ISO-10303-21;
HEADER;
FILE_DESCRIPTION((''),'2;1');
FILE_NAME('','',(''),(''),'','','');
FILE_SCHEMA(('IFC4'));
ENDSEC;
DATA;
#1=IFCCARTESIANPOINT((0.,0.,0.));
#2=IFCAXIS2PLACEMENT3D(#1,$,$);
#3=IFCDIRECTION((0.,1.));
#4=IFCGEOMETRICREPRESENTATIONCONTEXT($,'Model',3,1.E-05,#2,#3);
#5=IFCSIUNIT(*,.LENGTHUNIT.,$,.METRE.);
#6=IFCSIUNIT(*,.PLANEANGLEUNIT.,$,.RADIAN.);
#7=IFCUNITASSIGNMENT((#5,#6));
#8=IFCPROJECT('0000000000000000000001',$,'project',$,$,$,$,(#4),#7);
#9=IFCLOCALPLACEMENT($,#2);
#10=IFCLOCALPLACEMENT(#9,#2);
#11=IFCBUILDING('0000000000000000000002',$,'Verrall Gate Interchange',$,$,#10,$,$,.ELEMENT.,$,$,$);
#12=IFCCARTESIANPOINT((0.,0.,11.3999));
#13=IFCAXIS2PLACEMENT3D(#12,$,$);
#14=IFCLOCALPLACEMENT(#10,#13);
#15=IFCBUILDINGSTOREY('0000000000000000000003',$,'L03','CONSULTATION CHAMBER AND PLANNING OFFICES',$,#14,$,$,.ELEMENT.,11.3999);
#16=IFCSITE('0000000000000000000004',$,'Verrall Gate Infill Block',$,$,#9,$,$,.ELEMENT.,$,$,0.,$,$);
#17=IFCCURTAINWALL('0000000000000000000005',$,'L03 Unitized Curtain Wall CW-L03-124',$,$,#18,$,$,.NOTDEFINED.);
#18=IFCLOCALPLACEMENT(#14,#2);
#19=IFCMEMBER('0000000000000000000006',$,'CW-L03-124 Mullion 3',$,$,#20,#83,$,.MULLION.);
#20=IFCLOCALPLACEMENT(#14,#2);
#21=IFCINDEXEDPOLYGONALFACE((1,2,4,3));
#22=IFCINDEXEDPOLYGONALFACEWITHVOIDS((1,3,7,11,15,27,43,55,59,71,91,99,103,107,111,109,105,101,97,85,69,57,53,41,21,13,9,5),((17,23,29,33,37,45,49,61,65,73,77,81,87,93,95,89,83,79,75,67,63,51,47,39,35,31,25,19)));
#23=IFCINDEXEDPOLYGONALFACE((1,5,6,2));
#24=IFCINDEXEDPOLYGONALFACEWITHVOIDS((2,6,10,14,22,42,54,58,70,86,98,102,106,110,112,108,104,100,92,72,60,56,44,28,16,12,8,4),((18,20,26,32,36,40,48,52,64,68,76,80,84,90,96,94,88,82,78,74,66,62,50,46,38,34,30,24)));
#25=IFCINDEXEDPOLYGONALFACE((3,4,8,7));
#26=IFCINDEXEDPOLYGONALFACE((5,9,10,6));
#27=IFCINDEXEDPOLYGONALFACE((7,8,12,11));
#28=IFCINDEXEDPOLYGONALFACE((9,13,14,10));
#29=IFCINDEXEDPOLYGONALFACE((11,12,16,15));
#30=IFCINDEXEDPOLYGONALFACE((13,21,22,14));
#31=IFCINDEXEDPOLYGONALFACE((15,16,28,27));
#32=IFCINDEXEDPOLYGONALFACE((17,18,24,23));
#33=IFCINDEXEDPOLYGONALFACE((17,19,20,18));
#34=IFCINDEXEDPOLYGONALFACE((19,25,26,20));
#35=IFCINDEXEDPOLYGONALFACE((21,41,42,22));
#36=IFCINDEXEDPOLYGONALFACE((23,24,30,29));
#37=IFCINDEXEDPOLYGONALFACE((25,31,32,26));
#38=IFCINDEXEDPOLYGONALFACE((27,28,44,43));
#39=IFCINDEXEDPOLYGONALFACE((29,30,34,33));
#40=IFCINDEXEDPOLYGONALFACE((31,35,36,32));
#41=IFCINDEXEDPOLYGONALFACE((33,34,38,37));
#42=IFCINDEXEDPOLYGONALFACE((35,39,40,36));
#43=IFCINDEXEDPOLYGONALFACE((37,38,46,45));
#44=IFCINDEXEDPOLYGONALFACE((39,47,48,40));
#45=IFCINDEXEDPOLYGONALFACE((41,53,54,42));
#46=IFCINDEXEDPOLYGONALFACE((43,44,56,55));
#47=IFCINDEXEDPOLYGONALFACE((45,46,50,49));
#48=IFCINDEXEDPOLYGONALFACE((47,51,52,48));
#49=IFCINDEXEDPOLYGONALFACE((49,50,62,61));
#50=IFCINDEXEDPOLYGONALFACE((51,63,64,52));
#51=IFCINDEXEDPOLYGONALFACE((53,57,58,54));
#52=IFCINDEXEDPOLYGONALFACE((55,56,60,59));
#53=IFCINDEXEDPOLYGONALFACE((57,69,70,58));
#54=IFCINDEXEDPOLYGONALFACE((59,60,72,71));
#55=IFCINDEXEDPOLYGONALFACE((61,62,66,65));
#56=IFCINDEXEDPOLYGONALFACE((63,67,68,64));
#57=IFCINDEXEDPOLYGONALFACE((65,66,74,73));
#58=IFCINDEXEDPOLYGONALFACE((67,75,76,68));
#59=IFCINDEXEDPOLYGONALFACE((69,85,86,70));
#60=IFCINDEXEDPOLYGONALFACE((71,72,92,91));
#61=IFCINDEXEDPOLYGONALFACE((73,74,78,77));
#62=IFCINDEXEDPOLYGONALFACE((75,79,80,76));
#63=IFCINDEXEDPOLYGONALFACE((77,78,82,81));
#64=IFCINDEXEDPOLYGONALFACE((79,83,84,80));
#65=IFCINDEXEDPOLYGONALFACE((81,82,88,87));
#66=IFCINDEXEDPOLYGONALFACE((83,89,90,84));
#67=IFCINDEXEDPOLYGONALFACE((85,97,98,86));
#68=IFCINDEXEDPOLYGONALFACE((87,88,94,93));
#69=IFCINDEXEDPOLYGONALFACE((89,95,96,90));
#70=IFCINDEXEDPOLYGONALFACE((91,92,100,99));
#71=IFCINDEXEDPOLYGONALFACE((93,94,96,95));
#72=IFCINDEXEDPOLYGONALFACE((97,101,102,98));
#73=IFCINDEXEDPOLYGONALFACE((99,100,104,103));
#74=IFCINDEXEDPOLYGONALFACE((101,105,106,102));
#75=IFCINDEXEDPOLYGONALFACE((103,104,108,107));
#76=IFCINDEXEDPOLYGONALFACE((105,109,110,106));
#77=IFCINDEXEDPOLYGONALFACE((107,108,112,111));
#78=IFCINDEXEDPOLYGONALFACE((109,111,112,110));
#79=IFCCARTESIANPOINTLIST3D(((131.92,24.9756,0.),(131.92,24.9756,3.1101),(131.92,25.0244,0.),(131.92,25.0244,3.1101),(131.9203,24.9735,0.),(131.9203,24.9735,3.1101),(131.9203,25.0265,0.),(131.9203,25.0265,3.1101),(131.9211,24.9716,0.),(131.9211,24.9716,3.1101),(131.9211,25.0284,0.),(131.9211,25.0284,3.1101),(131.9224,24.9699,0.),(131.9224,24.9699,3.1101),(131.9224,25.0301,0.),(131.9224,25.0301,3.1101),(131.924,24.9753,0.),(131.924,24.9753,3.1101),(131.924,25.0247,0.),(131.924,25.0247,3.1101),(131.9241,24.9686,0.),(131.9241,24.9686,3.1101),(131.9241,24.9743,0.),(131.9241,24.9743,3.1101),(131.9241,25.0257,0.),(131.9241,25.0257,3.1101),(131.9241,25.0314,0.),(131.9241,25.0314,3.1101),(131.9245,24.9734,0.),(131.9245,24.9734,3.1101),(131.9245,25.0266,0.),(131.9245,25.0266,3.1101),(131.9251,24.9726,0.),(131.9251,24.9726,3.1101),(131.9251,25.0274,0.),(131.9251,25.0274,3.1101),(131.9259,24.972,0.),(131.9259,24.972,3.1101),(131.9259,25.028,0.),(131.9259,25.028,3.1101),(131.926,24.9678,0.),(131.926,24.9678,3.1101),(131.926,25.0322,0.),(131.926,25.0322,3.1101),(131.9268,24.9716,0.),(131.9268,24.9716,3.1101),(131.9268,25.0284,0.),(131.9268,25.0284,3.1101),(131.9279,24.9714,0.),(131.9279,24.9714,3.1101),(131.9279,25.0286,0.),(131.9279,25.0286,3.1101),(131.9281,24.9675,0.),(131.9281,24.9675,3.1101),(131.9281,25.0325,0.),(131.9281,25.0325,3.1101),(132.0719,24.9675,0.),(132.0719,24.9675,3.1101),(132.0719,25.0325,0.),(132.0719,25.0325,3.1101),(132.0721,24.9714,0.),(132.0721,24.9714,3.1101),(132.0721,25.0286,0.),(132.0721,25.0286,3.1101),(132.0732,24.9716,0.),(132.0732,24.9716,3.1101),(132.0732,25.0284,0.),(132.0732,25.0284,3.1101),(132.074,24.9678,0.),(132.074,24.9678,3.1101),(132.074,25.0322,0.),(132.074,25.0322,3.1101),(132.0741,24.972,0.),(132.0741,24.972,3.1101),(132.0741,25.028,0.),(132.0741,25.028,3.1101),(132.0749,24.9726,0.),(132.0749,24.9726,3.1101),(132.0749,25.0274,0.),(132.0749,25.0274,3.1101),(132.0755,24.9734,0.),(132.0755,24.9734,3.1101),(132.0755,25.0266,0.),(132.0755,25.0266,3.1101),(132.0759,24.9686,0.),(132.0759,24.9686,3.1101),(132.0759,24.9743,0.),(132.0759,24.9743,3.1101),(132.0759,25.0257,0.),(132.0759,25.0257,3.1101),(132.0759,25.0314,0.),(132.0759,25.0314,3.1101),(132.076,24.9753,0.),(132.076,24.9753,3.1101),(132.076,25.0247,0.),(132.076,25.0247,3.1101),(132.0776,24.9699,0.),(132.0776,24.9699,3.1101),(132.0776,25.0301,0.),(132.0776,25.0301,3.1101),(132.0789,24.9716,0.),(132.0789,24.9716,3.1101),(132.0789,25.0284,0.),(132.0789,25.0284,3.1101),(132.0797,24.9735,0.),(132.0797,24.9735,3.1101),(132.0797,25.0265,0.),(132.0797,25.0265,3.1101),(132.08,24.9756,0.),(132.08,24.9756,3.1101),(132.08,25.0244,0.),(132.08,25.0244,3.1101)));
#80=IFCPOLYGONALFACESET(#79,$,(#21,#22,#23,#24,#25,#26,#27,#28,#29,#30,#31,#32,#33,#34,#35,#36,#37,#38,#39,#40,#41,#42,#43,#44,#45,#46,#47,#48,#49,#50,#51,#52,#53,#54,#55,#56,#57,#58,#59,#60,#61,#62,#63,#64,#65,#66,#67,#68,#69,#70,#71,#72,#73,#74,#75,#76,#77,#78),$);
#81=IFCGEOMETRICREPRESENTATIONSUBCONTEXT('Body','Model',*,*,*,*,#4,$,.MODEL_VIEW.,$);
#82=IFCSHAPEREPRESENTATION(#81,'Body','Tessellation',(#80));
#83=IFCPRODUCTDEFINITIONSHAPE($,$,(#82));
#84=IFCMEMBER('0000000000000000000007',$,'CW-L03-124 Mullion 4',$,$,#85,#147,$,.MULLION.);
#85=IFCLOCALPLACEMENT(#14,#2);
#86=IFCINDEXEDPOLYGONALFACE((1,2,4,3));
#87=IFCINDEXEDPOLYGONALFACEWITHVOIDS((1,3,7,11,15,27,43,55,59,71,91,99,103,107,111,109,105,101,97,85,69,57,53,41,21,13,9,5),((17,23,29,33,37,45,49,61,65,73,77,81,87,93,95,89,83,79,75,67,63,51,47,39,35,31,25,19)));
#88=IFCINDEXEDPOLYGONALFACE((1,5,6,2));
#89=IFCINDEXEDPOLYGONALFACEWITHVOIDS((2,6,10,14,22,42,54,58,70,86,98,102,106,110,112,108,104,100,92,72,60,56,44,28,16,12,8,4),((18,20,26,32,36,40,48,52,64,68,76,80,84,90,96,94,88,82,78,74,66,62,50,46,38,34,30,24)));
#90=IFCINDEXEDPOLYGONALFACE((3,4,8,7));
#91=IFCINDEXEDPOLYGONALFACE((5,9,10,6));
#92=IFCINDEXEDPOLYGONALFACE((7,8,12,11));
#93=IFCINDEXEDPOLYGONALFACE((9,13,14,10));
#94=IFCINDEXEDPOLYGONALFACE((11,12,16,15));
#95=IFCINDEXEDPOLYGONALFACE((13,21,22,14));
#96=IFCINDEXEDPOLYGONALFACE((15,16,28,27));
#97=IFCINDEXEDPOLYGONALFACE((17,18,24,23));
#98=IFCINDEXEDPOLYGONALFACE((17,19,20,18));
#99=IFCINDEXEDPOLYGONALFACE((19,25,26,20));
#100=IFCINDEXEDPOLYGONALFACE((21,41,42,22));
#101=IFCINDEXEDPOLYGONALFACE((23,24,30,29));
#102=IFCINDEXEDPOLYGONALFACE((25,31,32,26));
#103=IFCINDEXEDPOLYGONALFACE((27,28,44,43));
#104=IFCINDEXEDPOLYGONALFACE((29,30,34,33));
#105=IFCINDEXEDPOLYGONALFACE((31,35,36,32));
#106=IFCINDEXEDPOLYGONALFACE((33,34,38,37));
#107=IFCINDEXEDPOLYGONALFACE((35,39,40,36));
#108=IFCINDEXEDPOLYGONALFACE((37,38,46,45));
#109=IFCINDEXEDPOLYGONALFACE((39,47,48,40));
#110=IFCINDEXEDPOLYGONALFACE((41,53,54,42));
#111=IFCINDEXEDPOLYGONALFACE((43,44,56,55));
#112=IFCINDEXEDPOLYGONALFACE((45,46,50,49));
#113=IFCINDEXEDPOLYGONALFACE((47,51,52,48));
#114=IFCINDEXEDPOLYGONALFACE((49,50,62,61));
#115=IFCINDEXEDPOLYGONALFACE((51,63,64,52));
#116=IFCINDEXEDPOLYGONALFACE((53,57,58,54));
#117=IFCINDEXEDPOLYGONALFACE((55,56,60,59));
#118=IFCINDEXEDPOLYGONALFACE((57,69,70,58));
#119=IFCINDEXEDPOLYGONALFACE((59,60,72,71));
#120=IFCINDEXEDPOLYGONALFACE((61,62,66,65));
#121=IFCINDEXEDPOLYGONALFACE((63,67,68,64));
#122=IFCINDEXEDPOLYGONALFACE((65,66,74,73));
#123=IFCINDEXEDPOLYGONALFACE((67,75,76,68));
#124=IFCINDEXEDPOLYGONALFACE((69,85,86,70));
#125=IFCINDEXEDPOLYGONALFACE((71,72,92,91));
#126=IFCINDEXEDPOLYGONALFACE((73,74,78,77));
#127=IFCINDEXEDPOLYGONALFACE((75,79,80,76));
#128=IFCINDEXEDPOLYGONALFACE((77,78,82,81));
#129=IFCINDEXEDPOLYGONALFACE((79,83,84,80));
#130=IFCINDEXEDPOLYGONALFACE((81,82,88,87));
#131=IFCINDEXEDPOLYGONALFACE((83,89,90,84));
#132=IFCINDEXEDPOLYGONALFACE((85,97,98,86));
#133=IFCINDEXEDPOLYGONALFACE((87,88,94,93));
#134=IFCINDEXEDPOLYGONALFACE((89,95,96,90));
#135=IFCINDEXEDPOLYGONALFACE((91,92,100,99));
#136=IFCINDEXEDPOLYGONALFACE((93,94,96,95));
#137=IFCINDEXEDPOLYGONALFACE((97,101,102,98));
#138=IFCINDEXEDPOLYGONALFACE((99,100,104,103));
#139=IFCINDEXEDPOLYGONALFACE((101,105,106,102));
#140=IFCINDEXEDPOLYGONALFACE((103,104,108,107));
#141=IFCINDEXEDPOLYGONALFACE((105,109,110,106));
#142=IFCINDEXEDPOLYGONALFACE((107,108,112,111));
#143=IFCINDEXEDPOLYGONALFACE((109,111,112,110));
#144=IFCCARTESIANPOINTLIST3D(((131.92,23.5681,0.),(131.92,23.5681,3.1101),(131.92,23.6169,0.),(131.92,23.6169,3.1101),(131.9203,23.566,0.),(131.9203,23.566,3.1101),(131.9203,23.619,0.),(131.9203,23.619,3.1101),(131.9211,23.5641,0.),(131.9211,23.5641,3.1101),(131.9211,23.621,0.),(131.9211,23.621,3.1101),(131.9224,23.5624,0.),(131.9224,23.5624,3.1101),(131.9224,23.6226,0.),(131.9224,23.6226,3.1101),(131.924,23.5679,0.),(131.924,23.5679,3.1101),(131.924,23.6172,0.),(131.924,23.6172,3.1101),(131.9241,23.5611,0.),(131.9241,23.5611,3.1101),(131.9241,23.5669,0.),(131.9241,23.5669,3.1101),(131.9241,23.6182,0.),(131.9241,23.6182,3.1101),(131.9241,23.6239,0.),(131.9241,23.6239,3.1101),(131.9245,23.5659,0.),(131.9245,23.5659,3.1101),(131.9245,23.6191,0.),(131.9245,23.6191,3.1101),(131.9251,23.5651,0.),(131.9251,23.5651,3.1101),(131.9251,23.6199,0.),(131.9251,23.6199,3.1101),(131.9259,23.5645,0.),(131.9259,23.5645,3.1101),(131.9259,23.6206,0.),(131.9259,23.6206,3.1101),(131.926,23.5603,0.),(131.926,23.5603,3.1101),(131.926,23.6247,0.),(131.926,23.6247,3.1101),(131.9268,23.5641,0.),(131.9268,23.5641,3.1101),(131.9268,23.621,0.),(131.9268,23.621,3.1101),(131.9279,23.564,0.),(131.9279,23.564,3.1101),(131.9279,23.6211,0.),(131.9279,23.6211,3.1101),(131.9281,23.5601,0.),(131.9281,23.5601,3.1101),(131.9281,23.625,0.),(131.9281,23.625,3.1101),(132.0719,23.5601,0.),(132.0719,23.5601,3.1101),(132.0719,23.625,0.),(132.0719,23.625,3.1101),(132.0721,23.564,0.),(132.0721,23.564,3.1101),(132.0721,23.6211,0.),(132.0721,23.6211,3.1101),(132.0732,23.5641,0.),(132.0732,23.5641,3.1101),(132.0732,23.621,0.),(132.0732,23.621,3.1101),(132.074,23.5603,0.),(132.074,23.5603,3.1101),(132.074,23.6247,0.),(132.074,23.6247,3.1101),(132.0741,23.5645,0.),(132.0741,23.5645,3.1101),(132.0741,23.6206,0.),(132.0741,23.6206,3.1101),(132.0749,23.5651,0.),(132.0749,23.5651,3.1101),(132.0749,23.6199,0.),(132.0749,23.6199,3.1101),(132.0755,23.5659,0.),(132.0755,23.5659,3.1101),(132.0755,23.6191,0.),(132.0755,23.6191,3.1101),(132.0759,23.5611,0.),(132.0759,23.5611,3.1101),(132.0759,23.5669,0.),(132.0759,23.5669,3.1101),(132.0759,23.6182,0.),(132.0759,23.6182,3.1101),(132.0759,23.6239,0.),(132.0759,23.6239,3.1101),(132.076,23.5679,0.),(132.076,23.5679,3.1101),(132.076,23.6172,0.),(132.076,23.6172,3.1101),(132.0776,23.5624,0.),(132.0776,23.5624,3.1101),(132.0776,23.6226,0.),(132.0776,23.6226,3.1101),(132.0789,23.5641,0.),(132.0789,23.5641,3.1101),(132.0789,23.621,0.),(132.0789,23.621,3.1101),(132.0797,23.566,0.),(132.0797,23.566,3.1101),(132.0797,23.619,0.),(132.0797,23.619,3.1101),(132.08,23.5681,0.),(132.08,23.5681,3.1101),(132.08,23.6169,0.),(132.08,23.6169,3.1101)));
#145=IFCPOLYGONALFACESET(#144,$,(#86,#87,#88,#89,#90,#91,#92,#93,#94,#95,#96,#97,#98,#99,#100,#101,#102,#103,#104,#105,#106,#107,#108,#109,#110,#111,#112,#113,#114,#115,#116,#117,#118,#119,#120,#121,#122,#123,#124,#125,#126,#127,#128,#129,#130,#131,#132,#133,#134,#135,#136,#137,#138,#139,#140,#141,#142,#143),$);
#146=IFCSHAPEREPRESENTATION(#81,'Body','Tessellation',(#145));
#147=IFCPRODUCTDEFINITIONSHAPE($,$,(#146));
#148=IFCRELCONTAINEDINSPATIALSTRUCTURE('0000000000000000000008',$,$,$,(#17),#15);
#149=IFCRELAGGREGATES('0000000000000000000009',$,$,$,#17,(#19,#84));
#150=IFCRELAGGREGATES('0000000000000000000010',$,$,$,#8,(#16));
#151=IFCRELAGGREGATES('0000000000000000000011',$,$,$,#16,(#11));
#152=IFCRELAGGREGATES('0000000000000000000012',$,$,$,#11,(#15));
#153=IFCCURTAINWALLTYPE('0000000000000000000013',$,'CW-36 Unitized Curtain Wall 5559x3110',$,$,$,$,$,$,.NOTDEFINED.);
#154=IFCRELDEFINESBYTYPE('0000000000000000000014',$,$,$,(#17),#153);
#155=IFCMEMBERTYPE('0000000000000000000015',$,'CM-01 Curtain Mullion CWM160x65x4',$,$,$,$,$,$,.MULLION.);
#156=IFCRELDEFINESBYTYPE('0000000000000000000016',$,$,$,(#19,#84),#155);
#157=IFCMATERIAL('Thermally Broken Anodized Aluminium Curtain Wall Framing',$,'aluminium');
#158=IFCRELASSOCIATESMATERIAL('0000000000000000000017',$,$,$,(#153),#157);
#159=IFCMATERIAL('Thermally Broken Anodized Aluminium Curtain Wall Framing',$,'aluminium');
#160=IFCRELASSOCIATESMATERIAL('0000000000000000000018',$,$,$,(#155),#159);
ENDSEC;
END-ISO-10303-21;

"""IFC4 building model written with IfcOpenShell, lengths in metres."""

from ifc_helpers import new_model, si_unit, direction, frame, origin, origin_2d, place, context, subcontext, project, spatial, hollow_rectangle, extrude, material, material_profile, profile_set, type_object, element, aggregate, save


model = new_model("IFC4")

# Units and contexts
model_context = context("Model", 3, precision=1e-05, world=origin(), true_north=direction((0.0, 1.0)))
body_context = subcontext(model_context, "Body", "Model", "MODEL_VIEW")
ifc_project = project(units=[si_unit("LENGTHUNIT", "METRE"), si_unit("PLANEANGLEUNIT", "RADIAN")], contexts=[model_context])

# Site, building, storey
site_placement = place(None, origin())
site = spatial("IfcSite", under=ifc_project, at=site_placement, Name="Verrall Gate Infill Block", CompositionType="ELEMENT", RefElevation=0.0)
building_placement = place(site_placement, origin())
building = spatial("IfcBuilding", under=site, at=building_placement, Name="Verrall Gate Interchange", CompositionType="ELEMENT")
storey_placement = place(building_placement, frame((0.0, 0.0, 11.3999)))
storey = spatial("IfcBuildingStorey", under=building, at=storey_placement, Name="L03", Description="CONSULTATION CHAMBER AND PLANNING OFFICES", CompositionType="ELEMENT", Elevation=11.3999)

# Curtain wall, members
ifc_material_1 = material(Name="Thermally Broken Anodized Aluminium Curtain Wall Framing", Category="aluminium")
curtain_wall_type = type_object("IfcCurtainWallType", Name="CW-36 Unitized Curtain Wall 5559x3110", PredefinedType="NOTDEFINED", material=ifc_material_1)
curtain_wall_1_placement = place(storey_placement, origin())
curtain_wall_1 = element("IfcCurtainWall", 1, at=curtain_wall_1_placement, inside=storey, type_object=curtain_wall_type, Name="L03 Unitized Curtain Wall CW-L03-124", PredefinedType="NOTDEFINED")
ifc_material_2 = material(Name="Thermally Broken Anodized Aluminium Curtain Wall Framing", Category="aluminium")
ifc_material_profile_1 = material_profile(ifc_material_2, hollow_rectangle(XDim=0.0649, YDim=0.1599, WallThickness=0.0039, InnerFilletRadius=0.0039, OuterFilletRadius=0.0081, at=origin_2d()), Name="CWM160x65x4")
ifc_profile_set_1 = profile_set([ifc_material_profile_1], Name="Thermally Broken Anodized Aluminium Curtain Wall Framing")
member_type_1 = type_object("IfcMemberType", Name="CM-01 Curtain Mullion CWM160x65x4", PredefinedType="MULLION", material=ifc_profile_set_1)
member_1_placement = place(storey_placement, frame((132.0, 25.0, 0.0), z_axis=(0.0, 0.0, 1.0), x_axis=(0.0, -1.0, 0.0)))
member_1 = element("IfcMember", 2, at=member_1_placement, type_object=member_type_1, Name="CW-L03-124 Mullion 3", PredefinedType="MULLION", context=body_context, shape_type="SweptSolid", body=[
    extrude(hollow_rectangle(XDim=0.0649, YDim=0.1599, WallThickness=0.0039, InnerFilletRadius=0.0039, OuterFilletRadius=0.0081, at=origin_2d()), origin(), (0.0, 0.0, 1.0), 3.1101),
])
member_2_placement = place(storey_placement, frame((132.0, 23.5925, 0.0), z_axis=(0.0, 0.0, 1.0), x_axis=(0.0, -1.0, 0.0)))
member_2 = element("IfcMember", 3, at=member_2_placement, type_object=member_type_1, Name="CW-L03-124 Mullion 4", PredefinedType="MULLION", context=body_context, shape_type="SweptSolid", body=[
    extrude(hollow_rectangle(XDim=0.0649, YDim=0.1599, WallThickness=0.0039, InnerFilletRadius=0.0039, OuterFilletRadius=0.0081, at=origin_2d()), origin(), (0.0, 0.0, 1.0), 3.1101),
])

aggregate(curtain_wall_1, [member_1, member_2])

save(model, "model.ifc")
